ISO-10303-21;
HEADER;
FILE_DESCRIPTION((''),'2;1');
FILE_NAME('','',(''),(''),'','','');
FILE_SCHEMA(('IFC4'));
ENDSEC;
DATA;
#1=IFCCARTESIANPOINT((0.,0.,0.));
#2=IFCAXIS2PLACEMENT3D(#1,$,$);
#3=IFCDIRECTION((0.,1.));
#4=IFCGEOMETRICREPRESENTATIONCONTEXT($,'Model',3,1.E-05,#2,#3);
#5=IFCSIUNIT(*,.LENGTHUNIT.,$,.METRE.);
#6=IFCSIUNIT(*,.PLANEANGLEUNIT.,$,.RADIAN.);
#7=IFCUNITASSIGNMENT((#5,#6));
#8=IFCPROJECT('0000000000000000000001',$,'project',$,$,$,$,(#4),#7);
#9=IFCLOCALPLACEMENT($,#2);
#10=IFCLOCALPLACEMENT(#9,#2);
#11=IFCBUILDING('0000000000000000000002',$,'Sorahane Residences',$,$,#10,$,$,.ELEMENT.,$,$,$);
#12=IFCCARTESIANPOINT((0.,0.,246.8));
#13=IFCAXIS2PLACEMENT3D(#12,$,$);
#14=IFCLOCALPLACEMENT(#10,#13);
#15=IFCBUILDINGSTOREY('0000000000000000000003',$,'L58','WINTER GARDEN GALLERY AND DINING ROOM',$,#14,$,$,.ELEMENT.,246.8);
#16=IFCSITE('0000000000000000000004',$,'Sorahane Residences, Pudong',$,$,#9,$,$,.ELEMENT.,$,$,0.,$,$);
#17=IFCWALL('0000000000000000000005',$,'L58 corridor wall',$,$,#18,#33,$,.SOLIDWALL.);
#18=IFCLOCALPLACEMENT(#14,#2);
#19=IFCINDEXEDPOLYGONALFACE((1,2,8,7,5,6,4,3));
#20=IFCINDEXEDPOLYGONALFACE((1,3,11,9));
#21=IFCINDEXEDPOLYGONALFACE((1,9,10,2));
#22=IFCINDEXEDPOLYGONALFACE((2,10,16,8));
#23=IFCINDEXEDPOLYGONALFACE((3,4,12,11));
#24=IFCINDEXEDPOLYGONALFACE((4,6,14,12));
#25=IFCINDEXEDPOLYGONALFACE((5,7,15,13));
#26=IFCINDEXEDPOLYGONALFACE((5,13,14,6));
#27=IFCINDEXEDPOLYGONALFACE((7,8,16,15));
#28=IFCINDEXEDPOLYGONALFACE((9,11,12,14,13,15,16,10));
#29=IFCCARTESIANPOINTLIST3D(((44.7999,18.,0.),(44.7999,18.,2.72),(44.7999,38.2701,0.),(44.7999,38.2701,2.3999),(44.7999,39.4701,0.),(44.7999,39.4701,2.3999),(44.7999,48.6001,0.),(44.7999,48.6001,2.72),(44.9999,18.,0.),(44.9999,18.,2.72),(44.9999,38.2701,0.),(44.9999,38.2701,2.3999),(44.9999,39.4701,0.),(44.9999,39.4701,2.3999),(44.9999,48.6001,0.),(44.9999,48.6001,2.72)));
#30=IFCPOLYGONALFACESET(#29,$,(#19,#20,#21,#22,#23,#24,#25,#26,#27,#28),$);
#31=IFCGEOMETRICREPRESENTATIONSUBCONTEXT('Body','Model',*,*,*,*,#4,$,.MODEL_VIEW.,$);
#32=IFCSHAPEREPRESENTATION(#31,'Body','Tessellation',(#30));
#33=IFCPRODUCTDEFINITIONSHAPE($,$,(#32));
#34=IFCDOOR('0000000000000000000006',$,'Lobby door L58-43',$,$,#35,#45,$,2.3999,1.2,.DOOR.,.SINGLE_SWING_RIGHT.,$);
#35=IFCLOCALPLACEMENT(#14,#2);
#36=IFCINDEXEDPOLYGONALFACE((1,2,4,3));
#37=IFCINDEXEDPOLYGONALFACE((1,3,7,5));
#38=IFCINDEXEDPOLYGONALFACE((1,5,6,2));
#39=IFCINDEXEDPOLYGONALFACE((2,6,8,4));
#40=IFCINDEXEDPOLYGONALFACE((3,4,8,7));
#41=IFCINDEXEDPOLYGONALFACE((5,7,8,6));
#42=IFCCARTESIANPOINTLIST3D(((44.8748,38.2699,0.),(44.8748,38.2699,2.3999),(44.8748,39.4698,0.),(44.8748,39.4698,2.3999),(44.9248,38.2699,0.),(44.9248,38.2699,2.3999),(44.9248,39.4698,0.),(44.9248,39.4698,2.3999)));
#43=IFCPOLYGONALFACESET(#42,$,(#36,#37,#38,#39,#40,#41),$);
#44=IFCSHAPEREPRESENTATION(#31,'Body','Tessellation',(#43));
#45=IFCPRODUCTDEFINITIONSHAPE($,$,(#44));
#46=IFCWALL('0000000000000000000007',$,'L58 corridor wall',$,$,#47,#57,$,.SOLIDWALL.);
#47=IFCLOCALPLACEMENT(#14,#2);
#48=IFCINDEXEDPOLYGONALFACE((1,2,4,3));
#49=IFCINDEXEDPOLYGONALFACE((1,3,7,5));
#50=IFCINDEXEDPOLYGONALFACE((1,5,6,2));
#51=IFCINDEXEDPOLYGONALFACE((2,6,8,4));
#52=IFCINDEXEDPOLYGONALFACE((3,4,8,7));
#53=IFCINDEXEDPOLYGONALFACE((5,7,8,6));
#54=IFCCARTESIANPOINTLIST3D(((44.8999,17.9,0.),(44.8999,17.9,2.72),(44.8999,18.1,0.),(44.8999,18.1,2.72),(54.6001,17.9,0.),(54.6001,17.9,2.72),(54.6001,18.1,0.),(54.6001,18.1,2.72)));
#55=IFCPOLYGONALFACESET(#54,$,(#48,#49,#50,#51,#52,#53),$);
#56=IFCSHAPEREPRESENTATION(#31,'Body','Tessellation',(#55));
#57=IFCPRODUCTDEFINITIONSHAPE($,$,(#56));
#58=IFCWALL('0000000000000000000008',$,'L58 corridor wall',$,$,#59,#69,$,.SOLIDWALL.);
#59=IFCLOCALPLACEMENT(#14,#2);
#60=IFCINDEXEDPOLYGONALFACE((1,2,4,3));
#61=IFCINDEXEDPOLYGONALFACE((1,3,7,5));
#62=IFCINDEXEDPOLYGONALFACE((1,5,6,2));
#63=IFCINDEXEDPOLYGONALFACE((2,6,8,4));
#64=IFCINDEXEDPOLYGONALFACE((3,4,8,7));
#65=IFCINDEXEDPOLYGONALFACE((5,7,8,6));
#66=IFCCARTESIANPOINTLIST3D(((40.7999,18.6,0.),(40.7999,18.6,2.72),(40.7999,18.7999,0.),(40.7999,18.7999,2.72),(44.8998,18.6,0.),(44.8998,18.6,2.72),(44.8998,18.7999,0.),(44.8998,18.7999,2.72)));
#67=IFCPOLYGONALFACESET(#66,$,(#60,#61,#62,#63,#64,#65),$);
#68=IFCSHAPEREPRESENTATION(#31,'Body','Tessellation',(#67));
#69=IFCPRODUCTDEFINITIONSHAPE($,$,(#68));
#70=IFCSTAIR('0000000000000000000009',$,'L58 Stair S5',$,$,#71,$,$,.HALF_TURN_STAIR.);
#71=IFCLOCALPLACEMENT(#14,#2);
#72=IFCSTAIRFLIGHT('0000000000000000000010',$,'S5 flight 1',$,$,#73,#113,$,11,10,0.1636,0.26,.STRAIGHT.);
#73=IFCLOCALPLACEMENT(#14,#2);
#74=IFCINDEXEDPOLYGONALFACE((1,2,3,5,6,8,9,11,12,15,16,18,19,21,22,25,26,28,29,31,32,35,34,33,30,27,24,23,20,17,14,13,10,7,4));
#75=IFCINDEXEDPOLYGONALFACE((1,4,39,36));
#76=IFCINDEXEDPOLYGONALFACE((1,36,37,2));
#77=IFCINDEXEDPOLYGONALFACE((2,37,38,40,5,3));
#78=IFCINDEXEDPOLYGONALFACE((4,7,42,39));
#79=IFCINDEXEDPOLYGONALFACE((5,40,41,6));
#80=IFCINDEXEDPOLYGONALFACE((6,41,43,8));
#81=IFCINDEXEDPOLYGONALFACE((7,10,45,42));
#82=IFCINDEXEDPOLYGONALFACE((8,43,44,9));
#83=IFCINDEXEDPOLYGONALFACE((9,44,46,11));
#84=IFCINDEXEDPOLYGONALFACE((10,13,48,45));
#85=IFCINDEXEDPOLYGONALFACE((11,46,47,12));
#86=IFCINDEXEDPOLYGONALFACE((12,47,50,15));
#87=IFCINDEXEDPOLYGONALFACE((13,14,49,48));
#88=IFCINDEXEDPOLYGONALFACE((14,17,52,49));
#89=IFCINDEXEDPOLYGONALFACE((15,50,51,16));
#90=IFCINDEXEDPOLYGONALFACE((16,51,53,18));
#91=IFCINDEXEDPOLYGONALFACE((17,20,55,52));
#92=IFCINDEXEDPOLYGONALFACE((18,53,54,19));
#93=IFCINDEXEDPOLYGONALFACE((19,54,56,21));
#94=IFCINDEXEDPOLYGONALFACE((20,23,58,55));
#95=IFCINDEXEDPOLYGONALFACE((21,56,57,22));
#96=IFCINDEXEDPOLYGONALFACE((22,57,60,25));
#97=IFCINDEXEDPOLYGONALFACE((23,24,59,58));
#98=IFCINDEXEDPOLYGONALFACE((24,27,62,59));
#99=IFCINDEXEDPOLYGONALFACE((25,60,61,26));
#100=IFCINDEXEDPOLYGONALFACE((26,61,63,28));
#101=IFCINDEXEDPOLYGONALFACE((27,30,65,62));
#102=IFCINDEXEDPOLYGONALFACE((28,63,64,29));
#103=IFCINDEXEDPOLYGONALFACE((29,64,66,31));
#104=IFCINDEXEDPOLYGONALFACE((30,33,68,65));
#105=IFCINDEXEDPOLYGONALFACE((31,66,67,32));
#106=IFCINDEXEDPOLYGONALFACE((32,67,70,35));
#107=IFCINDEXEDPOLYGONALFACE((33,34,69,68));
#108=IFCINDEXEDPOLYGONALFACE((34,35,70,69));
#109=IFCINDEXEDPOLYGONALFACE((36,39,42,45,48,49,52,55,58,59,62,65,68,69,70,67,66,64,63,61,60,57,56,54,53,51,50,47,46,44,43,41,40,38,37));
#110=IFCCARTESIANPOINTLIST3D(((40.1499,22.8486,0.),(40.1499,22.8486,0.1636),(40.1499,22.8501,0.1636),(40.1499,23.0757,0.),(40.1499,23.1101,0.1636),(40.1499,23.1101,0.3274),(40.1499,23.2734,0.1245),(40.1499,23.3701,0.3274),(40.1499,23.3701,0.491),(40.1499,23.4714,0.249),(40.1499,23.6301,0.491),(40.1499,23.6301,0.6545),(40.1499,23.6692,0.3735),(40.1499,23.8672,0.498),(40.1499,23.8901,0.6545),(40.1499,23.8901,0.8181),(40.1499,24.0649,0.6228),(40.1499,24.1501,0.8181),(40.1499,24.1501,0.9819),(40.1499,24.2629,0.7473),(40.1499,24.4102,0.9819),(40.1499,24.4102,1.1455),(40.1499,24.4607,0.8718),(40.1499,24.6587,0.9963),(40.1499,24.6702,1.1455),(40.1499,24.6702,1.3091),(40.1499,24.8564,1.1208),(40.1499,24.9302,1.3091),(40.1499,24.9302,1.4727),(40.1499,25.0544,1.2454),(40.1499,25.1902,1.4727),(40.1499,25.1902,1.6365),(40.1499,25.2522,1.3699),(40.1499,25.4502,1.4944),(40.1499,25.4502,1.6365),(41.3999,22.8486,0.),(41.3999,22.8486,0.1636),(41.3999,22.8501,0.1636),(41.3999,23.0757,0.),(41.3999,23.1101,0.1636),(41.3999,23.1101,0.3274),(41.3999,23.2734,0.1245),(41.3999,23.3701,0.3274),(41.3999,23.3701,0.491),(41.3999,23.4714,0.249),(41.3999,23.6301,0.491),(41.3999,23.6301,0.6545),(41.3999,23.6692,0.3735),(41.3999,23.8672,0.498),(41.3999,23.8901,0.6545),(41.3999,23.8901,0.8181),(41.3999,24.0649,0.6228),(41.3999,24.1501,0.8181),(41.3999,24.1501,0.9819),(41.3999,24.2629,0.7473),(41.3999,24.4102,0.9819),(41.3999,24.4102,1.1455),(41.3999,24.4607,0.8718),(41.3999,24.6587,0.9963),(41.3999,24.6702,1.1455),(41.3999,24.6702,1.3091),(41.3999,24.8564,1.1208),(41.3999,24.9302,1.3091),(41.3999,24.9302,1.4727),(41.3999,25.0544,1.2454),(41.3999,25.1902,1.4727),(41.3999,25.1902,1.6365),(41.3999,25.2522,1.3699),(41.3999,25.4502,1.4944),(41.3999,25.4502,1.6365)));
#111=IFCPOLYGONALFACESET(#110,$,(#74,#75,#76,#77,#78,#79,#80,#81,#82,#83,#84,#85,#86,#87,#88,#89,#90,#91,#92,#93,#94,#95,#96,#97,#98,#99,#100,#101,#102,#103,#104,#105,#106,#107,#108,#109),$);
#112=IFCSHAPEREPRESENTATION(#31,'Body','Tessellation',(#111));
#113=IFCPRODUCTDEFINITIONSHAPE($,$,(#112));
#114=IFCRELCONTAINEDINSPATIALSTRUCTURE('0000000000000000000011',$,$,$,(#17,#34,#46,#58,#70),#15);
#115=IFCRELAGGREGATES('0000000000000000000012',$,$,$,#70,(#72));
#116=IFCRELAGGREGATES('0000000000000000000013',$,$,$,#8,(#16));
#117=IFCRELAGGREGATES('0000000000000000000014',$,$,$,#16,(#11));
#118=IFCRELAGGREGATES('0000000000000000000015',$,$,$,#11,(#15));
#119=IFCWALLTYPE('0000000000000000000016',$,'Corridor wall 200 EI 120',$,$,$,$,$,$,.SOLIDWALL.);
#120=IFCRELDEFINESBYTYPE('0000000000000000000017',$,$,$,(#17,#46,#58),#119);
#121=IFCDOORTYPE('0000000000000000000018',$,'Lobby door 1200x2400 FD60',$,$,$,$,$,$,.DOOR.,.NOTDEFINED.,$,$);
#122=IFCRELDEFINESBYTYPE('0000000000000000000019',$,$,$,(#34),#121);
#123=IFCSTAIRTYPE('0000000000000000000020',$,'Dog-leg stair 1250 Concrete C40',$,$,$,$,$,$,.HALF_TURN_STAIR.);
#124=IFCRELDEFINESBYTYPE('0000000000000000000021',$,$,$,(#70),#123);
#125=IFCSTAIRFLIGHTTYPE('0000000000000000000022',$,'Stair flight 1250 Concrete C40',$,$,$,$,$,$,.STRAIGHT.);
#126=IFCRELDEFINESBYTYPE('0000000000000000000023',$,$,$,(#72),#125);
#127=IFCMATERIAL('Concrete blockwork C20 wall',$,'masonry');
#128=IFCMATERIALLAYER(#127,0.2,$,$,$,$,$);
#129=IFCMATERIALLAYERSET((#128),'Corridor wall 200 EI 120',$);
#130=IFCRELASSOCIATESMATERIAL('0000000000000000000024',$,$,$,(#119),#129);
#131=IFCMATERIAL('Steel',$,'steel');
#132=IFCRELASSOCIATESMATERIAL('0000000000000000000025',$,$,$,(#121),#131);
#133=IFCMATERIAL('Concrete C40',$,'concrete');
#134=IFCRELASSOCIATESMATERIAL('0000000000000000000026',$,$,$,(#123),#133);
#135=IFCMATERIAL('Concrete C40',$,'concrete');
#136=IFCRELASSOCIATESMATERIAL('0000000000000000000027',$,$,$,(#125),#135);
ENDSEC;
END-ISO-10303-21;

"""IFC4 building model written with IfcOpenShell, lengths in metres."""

from ifc_helpers import new_model, si_unit, direction, frame, frame_2d, origin, place, context, subcontext, project, spatial, polyline, rectangle, outline, extrude, material, layer, layer_set, type_object, element, fill, aggregate, save


model = new_model("IFC4")

# Units and contexts
model_context = context("Model", 3, precision=1e-05, world=origin(), true_north=direction((0.0, 1.0)))
body_context = subcontext(model_context, "Body", "Model", "MODEL_VIEW")
ifc_project = project(units=[si_unit("LENGTHUNIT", "METRE"), si_unit("PLANEANGLEUNIT", "RADIAN")], contexts=[model_context])

# Site, building, storey
site_placement = place(None, origin())
site = spatial("IfcSite", under=ifc_project, at=site_placement, Name="Sorahane Residences, Pudong", CompositionType="ELEMENT", RefElevation=0.0)
building_placement = place(site_placement, origin())
building = spatial("IfcBuilding", under=site, at=building_placement, Name="Sorahane Residences", CompositionType="ELEMENT")
storey_placement = place(building_placement, frame((0.0, 0.0, 246.8)))
storey = spatial("IfcBuildingStorey", under=building, at=storey_placement, Name="L58", Description="WINTER GARDEN GALLERY AND DINING ROOM", CompositionType="ELEMENT", Elevation=246.8)

# Wall, opening, door
ifc_material_1 = material(Name="Concrete blockwork C20 wall", Category="masonry")
ifc_layer_1 = layer(ifc_material_1, 0.2)
ifc_layer_set_1 = layer_set([ifc_layer_1], Name="Corridor wall 200 EI 120")
wall_type_1 = type_object("IfcWallType", Name="Corridor wall 200 EI 120", PredefinedType="SOLIDWALL", material=ifc_layer_set_1)
wall_1_placement = place(storey_placement, frame((44.8999, 18.0, 0.0), z_axis=(0.0, 0.0, 1.0), x_axis=(0.0, 1.0, 0.0)))
wall_1 = element("IfcWall", 1, at=wall_1_placement, inside=storey, type_object=wall_type_1, Name="L58 corridor wall", PredefinedType="SOLIDWALL", context=body_context, shape_type="SweptSolid", body=[
    extrude(rectangle(XDim=30.6001, YDim=0.2, at=frame_2d((15.3, 0.0))), origin(), (0.0, 0.0, 1.0), 2.72),
])
opening_1_placement = place(wall_1_placement, frame((20.27, 0.0, 0.0)))
opening_1 = element("IfcOpeningElement", 2, at=opening_1_placement, cuts=wall_1, PredefinedType="OPENING", context=body_context, shape_type="SweptSolid", body=[
    extrude(rectangle(XDim=1.2, YDim=2.3999, at=frame_2d((0.6001, 1.2))), frame((0.0, 0.1099, 0.0), z_axis=(0.0, -1.0, 0.0), x_axis=(1.0, 0.0, 0.0)), (0.0, 0.0, 1.0), 0.22),
])
ifc_material_2 = material(Name="Steel", Category="steel")
door_type_1 = type_object("IfcDoorType", Name="Lobby door 1200x2400 FD60", OperationType="NOTDEFINED", PredefinedType="DOOR", material=ifc_material_2)
door_1_placement = place(opening_1_placement, frame((1.2, 0.0, 0.0), z_axis=(0.0, 0.0, 1.0), x_axis=(-1.0, 0.0, 0.0)))
door_1 = element("IfcDoor", 3, at=door_1_placement, inside=storey, type_object=door_type_1, Name="Lobby door L58-43", OperationType="SINGLE_SWING_RIGHT", OverallHeight=2.3999, OverallWidth=1.2, PredefinedType="DOOR", context=body_context, shape_type="SweptSolid", body=[
    extrude(rectangle(XDim=1.2, YDim=2.3999, at=frame_2d((0.6001, 1.2))), frame((0.0, 0.0249, 0.0), z_axis=(0.0, -1.0, 0.0), x_axis=(1.0, 0.0, 0.0)), (0.0, 0.0, 1.0), 0.05),
])
fill(opening_1, door_1)

# Walls
wall_2_placement = place(storey_placement, frame((44.8999, 18.0, 0.0), z_axis=(0.0, 0.0, 1.0), x_axis=(1.0, 0.0, 0.0)))
element("IfcWall", 4, at=wall_2_placement, inside=storey, type_object=wall_type_1, Name="L58 corridor wall", PredefinedType="SOLIDWALL", context=body_context, shape_type="SweptSolid", body=[
    extrude(rectangle(XDim=9.7002, YDim=0.2, at=frame_2d((4.8501, 0.0))), origin(), (0.0, 0.0, 1.0), 2.72),
])
wall_3_placement = place(storey_placement, frame((40.8, 18.7, 0.0), z_axis=(0.0, 0.0, 1.0), x_axis=(1.0, 0.0, 0.0)))
element("IfcWall", 5, at=wall_3_placement, inside=storey, type_object=wall_type_1, Name="L58 corridor wall", PredefinedType="SOLIDWALL", context=body_context, shape_type="SweptSolid", body=[
    extrude(rectangle(XDim=4.0999, YDim=0.2, at=frame_2d((2.0498, 0.0))), origin(), (0.0, 0.0, 1.0), 2.72),
])

# Stair, stair flight
ifc_material_3 = material(Name="Concrete C40", Category="concrete")
stair_type = type_object("IfcStairType", Name="Dog-leg stair 1250 Concrete C40", PredefinedType="HALF_TURN_STAIR", material=ifc_material_3)
stair_placement = place(storey_placement, origin())
stair = element("IfcStair", 6, at=stair_placement, inside=storey, type_object=stair_type, Name="L58 Stair S5", PredefinedType="HALF_TURN_STAIR")
ifc_material_4 = material(Name="Concrete C40", Category="concrete")
stair_flight_type = type_object("IfcStairFlightType", Name="Stair flight 1250 Concrete C40", PredefinedType="STRAIGHT", material=ifc_material_4)
stair_flight_placement = place(storey_placement, frame((40.7749, 22.8501, 0.0), z_axis=(0.0, 0.0, 1.0), x_axis=(0.0, 1.0, 0.0)))
stair_flight = element("IfcStairFlight", 7, at=stair_flight_placement, type_object=stair_flight_type, Name="S5 flight 1", NumberOfRisers=11, NumberOfTreads=10, PredefinedType="STRAIGHT", RiserHeight=0.1636, TreadLength=0.26, context=body_context, shape_type="SweptSolid", body=[
    extrude(outline(polyline([(-0.0015, 0.0), (-0.0015, 0.1636), (0.0, 0.1636), (0.26, 0.1636), (0.26, 0.3274), (0.52, 0.3274), (0.52, 0.491), (0.78, 0.491), (0.78, 0.6545), (1.04, 0.6545), (1.04, 0.8181), (1.3, 0.8181), (1.3, 0.9819), (1.5601, 0.9819), (1.5601, 1.1455), (1.8201, 1.1455), (1.8201, 1.3091), (2.0801, 1.3091), (2.0801, 1.4727), (2.3401, 1.4727), (2.3401, 1.6365), (2.6001, 1.6365), (2.6001, 1.8), (2.6001, 1.4944), (2.4021, 1.3699), (2.2043, 1.2454), (2.0063, 1.1208), (1.8086, 0.9963), (1.6106, 0.8718), (1.4128, 0.7473), (1.2148, 0.6228), (1.0171, 0.498), (0.8191, 0.3735), (0.6213, 0.249), (0.4233, 0.1245), (0.2256, 0.0), (-0.0015, 0.0)])), frame((0.0, 0.625, 0.0), z_axis=(0.0, -1.0, 0.0), x_axis=(1.0, 0.0, 0.0)), (0.0, 0.0, 1.0), 1.25),
])
aggregate(stair, [stair_flight])

save(model, "model.ifc")
